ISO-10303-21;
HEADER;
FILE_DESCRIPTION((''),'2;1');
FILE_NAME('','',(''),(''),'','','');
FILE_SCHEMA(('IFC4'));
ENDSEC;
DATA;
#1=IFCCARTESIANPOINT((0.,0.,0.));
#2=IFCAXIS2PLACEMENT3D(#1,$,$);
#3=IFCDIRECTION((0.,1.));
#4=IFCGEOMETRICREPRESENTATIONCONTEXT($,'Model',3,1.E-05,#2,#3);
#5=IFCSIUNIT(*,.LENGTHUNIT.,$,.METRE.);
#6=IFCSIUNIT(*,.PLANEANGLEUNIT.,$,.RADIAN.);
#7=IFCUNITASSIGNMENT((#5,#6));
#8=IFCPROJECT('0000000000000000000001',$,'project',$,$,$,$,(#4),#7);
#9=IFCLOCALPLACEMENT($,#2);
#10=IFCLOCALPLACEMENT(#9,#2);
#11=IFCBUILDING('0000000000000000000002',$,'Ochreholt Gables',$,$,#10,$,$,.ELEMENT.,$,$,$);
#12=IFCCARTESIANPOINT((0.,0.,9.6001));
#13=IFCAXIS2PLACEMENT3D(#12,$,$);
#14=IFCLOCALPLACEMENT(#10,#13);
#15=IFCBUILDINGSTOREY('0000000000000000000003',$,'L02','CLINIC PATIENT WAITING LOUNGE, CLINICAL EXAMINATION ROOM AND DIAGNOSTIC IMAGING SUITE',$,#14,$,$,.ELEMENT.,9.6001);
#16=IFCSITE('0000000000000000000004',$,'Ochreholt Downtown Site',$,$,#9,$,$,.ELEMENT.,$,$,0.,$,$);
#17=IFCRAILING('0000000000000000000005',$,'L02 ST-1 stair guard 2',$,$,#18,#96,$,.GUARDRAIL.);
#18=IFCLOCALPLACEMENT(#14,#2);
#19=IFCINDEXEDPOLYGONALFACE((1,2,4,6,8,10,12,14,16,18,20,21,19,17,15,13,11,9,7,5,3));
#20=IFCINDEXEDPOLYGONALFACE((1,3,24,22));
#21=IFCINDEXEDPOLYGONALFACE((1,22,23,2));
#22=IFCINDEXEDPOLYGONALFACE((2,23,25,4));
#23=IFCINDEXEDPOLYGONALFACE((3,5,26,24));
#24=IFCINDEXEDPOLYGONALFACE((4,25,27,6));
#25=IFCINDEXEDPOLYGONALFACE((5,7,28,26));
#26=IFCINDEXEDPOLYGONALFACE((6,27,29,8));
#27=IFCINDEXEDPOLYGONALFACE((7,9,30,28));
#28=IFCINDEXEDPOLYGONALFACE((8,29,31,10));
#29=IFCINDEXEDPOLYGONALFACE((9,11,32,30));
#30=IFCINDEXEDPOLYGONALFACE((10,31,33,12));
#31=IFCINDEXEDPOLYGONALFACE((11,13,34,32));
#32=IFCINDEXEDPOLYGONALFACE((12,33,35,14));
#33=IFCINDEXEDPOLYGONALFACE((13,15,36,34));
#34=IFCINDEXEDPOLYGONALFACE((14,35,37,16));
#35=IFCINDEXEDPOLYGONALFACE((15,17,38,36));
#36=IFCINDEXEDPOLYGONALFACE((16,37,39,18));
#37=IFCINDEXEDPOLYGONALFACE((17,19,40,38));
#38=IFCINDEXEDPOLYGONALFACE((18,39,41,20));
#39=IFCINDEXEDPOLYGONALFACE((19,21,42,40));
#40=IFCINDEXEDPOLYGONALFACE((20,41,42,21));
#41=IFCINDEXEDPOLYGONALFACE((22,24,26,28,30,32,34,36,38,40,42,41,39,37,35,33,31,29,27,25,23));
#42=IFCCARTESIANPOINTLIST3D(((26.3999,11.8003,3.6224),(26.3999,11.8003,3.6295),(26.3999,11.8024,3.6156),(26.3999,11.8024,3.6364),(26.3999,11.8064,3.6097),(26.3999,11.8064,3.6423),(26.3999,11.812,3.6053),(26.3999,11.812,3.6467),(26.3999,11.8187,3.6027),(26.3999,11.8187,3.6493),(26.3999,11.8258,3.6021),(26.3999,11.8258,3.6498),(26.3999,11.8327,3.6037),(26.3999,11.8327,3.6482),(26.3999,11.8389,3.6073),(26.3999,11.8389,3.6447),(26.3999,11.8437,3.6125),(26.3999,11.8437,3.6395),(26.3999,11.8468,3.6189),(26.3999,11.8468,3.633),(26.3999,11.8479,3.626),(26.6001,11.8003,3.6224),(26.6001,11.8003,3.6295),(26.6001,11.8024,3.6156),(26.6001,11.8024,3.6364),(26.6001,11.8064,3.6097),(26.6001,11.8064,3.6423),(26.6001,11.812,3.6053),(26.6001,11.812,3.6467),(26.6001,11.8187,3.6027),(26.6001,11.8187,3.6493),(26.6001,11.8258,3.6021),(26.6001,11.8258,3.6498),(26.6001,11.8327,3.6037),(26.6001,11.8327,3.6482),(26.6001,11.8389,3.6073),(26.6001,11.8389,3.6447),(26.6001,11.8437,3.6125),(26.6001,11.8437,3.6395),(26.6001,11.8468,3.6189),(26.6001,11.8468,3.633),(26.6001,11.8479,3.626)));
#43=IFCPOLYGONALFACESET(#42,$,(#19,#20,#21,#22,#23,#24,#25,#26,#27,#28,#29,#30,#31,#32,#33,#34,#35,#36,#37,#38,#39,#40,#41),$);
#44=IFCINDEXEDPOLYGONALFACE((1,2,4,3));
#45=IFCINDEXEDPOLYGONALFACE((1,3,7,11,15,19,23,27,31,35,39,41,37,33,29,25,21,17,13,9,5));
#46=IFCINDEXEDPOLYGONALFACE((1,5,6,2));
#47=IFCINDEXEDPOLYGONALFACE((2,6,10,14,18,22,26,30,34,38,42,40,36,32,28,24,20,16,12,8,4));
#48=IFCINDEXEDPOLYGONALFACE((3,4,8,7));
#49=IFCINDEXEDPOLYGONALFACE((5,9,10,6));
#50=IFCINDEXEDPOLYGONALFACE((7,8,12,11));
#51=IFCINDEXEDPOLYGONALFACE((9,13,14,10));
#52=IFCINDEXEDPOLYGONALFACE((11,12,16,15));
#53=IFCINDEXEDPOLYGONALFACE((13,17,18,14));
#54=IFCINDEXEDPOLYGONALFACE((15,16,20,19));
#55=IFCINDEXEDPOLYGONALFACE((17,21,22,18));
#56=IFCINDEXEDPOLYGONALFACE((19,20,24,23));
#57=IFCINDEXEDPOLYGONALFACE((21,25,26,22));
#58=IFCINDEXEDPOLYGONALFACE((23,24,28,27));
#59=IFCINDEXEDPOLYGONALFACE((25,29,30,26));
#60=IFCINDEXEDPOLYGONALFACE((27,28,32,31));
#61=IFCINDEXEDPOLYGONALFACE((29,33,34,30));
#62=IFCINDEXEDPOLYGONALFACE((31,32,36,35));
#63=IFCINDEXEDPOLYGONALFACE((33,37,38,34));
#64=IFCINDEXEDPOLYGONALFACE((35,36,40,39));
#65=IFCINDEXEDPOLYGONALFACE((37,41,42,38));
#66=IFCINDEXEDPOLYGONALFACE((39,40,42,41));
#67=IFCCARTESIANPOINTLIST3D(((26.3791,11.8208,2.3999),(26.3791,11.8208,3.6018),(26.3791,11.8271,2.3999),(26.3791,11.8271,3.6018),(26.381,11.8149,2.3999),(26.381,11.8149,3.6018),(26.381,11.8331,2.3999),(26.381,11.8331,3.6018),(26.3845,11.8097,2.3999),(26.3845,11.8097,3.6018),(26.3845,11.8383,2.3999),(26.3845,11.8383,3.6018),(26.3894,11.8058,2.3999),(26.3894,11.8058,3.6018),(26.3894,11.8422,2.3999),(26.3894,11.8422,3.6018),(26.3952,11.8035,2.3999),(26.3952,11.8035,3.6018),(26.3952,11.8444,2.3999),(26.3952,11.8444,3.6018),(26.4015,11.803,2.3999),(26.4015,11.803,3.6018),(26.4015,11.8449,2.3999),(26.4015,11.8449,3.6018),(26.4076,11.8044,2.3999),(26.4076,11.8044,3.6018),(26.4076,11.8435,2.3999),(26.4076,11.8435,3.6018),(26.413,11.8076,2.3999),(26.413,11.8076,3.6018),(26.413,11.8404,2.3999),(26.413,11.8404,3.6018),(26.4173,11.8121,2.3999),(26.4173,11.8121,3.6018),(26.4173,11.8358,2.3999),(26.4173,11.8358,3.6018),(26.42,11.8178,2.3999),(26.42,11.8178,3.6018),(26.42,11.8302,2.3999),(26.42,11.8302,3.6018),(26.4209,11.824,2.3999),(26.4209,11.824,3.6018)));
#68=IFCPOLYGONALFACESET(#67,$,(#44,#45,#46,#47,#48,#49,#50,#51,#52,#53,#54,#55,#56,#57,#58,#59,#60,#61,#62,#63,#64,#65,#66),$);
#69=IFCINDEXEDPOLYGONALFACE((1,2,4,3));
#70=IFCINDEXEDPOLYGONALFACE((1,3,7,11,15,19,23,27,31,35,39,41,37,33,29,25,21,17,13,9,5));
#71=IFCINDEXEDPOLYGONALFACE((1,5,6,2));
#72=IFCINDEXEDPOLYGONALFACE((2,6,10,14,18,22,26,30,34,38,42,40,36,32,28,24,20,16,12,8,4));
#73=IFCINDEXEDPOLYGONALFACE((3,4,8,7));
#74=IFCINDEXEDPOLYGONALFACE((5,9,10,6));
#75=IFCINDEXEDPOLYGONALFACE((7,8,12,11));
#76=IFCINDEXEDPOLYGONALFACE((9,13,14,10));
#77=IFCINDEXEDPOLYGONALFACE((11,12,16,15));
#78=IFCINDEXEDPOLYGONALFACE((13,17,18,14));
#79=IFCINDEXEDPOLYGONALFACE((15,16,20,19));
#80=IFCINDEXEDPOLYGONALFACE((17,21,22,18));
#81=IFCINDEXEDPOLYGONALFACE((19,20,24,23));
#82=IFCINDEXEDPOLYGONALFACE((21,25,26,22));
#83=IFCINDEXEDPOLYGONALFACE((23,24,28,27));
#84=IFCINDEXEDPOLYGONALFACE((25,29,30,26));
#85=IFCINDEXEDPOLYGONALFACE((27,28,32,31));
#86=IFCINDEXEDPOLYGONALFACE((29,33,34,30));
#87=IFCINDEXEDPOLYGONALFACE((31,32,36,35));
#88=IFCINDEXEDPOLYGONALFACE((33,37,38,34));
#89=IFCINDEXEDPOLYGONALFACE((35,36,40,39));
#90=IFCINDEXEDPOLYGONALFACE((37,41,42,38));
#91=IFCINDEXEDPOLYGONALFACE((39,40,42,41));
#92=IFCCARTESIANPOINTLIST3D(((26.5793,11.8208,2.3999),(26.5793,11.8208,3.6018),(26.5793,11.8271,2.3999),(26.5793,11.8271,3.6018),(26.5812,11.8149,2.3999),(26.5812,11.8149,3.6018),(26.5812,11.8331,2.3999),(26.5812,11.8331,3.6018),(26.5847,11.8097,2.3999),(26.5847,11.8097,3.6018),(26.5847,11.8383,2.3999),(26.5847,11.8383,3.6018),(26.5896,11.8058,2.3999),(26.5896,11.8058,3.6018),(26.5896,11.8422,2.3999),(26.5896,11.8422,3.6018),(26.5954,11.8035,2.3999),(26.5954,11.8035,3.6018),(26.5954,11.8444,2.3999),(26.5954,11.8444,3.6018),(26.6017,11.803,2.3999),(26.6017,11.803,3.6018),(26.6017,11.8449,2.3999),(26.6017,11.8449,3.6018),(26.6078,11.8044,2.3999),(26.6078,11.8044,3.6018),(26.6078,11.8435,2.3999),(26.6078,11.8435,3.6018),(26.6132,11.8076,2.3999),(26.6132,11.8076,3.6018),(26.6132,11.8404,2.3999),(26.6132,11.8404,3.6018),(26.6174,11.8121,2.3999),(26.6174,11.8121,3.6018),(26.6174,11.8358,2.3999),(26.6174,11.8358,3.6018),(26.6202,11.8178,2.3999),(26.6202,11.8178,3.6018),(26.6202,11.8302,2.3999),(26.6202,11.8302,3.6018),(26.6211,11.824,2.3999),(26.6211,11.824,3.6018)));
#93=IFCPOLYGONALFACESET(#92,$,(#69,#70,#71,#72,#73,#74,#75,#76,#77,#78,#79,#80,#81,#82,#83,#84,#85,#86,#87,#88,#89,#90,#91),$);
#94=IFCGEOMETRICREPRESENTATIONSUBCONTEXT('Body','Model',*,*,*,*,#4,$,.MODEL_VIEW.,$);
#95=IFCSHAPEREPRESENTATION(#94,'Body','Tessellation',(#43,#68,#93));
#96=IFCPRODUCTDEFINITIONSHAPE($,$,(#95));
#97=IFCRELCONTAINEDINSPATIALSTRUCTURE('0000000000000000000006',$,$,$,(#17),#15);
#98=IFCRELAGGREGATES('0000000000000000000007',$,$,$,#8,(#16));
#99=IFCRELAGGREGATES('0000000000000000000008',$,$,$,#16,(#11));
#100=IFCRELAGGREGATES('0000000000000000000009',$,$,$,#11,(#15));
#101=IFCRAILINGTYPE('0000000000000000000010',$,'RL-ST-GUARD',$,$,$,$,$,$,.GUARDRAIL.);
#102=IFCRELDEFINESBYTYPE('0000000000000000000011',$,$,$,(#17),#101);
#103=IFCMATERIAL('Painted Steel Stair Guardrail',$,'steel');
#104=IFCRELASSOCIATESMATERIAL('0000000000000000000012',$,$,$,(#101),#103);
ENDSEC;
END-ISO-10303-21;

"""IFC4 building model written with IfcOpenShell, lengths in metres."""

from ifc_helpers import new_model, si_unit, direction, frame, origin, origin_2d, place, context, subcontext, project, spatial, circle, extrude, material, type_object, element, save


model = new_model("IFC4")

# Units and contexts
model_context = context("Model", 3, precision=1e-05, world=origin(), true_north=direction((0.0, 1.0)))
body_context = subcontext(model_context, "Body", "Model", "MODEL_VIEW")
ifc_project = project(units=[si_unit("LENGTHUNIT", "METRE"), si_unit("PLANEANGLEUNIT", "RADIAN")], contexts=[model_context])

# Site, building, storey
site_placement = place(None, origin())
site = spatial("IfcSite", under=ifc_project, at=site_placement, Name="Ochreholt Downtown Site", CompositionType="ELEMENT", RefElevation=0.0)
building_placement = place(site_placement, origin())
building = spatial("IfcBuilding", under=site, at=building_placement, Name="Ochreholt Gables", CompositionType="ELEMENT")
storey_placement = place(building_placement, frame((0.0, 0.0, 9.6001)))
storey = spatial("IfcBuildingStorey", under=building, at=storey_placement, Name="L02", Description="CLINIC PATIENT WAITING LOUNGE, CLINICAL EXAMINATION ROOM AND DIAGNOSTIC IMAGING SUITE", CompositionType="ELEMENT", Elevation=9.6001)

# Railing
ifc_material_1 = material(Name="Painted Steel Stair Guardrail", Category="steel")
railing_type_1 = type_object("IfcRailingType", Name="RL-ST-GUARD", PredefinedType="GUARDRAIL", material=ifc_material_1)
railing_1_placement = place(storey_placement, frame((26.3999, 11.824, 2.3999)))
element("IfcRailing", 1, at=railing_1_placement, inside=storey, type_object=railing_type_1, Name="L02 ST-1 stair guard 2", PredefinedType="GUARDRAIL", context=body_context, shape_type="SweptSolid", body=[
    extrude(circle(Radius=0.0239, at=origin_2d()), frame((0.0, 0.0, 1.2261), z_axis=(1.0, 0.0, 0.0), x_axis=(0.0, 1.0, 0.0)), (0.0, 0.0, 1.0), 0.2002),
    extrude(circle(Radius=0.021, at=origin_2d()), origin(), (0.0, 0.0, 1.0), 1.2019),
    extrude(circle(Radius=0.021, at=origin_2d()), frame((0.2002, 0.0, 0.0)), (0.0, 0.0, 1.0), 1.2019),
])

save(model, "model.ifc")
